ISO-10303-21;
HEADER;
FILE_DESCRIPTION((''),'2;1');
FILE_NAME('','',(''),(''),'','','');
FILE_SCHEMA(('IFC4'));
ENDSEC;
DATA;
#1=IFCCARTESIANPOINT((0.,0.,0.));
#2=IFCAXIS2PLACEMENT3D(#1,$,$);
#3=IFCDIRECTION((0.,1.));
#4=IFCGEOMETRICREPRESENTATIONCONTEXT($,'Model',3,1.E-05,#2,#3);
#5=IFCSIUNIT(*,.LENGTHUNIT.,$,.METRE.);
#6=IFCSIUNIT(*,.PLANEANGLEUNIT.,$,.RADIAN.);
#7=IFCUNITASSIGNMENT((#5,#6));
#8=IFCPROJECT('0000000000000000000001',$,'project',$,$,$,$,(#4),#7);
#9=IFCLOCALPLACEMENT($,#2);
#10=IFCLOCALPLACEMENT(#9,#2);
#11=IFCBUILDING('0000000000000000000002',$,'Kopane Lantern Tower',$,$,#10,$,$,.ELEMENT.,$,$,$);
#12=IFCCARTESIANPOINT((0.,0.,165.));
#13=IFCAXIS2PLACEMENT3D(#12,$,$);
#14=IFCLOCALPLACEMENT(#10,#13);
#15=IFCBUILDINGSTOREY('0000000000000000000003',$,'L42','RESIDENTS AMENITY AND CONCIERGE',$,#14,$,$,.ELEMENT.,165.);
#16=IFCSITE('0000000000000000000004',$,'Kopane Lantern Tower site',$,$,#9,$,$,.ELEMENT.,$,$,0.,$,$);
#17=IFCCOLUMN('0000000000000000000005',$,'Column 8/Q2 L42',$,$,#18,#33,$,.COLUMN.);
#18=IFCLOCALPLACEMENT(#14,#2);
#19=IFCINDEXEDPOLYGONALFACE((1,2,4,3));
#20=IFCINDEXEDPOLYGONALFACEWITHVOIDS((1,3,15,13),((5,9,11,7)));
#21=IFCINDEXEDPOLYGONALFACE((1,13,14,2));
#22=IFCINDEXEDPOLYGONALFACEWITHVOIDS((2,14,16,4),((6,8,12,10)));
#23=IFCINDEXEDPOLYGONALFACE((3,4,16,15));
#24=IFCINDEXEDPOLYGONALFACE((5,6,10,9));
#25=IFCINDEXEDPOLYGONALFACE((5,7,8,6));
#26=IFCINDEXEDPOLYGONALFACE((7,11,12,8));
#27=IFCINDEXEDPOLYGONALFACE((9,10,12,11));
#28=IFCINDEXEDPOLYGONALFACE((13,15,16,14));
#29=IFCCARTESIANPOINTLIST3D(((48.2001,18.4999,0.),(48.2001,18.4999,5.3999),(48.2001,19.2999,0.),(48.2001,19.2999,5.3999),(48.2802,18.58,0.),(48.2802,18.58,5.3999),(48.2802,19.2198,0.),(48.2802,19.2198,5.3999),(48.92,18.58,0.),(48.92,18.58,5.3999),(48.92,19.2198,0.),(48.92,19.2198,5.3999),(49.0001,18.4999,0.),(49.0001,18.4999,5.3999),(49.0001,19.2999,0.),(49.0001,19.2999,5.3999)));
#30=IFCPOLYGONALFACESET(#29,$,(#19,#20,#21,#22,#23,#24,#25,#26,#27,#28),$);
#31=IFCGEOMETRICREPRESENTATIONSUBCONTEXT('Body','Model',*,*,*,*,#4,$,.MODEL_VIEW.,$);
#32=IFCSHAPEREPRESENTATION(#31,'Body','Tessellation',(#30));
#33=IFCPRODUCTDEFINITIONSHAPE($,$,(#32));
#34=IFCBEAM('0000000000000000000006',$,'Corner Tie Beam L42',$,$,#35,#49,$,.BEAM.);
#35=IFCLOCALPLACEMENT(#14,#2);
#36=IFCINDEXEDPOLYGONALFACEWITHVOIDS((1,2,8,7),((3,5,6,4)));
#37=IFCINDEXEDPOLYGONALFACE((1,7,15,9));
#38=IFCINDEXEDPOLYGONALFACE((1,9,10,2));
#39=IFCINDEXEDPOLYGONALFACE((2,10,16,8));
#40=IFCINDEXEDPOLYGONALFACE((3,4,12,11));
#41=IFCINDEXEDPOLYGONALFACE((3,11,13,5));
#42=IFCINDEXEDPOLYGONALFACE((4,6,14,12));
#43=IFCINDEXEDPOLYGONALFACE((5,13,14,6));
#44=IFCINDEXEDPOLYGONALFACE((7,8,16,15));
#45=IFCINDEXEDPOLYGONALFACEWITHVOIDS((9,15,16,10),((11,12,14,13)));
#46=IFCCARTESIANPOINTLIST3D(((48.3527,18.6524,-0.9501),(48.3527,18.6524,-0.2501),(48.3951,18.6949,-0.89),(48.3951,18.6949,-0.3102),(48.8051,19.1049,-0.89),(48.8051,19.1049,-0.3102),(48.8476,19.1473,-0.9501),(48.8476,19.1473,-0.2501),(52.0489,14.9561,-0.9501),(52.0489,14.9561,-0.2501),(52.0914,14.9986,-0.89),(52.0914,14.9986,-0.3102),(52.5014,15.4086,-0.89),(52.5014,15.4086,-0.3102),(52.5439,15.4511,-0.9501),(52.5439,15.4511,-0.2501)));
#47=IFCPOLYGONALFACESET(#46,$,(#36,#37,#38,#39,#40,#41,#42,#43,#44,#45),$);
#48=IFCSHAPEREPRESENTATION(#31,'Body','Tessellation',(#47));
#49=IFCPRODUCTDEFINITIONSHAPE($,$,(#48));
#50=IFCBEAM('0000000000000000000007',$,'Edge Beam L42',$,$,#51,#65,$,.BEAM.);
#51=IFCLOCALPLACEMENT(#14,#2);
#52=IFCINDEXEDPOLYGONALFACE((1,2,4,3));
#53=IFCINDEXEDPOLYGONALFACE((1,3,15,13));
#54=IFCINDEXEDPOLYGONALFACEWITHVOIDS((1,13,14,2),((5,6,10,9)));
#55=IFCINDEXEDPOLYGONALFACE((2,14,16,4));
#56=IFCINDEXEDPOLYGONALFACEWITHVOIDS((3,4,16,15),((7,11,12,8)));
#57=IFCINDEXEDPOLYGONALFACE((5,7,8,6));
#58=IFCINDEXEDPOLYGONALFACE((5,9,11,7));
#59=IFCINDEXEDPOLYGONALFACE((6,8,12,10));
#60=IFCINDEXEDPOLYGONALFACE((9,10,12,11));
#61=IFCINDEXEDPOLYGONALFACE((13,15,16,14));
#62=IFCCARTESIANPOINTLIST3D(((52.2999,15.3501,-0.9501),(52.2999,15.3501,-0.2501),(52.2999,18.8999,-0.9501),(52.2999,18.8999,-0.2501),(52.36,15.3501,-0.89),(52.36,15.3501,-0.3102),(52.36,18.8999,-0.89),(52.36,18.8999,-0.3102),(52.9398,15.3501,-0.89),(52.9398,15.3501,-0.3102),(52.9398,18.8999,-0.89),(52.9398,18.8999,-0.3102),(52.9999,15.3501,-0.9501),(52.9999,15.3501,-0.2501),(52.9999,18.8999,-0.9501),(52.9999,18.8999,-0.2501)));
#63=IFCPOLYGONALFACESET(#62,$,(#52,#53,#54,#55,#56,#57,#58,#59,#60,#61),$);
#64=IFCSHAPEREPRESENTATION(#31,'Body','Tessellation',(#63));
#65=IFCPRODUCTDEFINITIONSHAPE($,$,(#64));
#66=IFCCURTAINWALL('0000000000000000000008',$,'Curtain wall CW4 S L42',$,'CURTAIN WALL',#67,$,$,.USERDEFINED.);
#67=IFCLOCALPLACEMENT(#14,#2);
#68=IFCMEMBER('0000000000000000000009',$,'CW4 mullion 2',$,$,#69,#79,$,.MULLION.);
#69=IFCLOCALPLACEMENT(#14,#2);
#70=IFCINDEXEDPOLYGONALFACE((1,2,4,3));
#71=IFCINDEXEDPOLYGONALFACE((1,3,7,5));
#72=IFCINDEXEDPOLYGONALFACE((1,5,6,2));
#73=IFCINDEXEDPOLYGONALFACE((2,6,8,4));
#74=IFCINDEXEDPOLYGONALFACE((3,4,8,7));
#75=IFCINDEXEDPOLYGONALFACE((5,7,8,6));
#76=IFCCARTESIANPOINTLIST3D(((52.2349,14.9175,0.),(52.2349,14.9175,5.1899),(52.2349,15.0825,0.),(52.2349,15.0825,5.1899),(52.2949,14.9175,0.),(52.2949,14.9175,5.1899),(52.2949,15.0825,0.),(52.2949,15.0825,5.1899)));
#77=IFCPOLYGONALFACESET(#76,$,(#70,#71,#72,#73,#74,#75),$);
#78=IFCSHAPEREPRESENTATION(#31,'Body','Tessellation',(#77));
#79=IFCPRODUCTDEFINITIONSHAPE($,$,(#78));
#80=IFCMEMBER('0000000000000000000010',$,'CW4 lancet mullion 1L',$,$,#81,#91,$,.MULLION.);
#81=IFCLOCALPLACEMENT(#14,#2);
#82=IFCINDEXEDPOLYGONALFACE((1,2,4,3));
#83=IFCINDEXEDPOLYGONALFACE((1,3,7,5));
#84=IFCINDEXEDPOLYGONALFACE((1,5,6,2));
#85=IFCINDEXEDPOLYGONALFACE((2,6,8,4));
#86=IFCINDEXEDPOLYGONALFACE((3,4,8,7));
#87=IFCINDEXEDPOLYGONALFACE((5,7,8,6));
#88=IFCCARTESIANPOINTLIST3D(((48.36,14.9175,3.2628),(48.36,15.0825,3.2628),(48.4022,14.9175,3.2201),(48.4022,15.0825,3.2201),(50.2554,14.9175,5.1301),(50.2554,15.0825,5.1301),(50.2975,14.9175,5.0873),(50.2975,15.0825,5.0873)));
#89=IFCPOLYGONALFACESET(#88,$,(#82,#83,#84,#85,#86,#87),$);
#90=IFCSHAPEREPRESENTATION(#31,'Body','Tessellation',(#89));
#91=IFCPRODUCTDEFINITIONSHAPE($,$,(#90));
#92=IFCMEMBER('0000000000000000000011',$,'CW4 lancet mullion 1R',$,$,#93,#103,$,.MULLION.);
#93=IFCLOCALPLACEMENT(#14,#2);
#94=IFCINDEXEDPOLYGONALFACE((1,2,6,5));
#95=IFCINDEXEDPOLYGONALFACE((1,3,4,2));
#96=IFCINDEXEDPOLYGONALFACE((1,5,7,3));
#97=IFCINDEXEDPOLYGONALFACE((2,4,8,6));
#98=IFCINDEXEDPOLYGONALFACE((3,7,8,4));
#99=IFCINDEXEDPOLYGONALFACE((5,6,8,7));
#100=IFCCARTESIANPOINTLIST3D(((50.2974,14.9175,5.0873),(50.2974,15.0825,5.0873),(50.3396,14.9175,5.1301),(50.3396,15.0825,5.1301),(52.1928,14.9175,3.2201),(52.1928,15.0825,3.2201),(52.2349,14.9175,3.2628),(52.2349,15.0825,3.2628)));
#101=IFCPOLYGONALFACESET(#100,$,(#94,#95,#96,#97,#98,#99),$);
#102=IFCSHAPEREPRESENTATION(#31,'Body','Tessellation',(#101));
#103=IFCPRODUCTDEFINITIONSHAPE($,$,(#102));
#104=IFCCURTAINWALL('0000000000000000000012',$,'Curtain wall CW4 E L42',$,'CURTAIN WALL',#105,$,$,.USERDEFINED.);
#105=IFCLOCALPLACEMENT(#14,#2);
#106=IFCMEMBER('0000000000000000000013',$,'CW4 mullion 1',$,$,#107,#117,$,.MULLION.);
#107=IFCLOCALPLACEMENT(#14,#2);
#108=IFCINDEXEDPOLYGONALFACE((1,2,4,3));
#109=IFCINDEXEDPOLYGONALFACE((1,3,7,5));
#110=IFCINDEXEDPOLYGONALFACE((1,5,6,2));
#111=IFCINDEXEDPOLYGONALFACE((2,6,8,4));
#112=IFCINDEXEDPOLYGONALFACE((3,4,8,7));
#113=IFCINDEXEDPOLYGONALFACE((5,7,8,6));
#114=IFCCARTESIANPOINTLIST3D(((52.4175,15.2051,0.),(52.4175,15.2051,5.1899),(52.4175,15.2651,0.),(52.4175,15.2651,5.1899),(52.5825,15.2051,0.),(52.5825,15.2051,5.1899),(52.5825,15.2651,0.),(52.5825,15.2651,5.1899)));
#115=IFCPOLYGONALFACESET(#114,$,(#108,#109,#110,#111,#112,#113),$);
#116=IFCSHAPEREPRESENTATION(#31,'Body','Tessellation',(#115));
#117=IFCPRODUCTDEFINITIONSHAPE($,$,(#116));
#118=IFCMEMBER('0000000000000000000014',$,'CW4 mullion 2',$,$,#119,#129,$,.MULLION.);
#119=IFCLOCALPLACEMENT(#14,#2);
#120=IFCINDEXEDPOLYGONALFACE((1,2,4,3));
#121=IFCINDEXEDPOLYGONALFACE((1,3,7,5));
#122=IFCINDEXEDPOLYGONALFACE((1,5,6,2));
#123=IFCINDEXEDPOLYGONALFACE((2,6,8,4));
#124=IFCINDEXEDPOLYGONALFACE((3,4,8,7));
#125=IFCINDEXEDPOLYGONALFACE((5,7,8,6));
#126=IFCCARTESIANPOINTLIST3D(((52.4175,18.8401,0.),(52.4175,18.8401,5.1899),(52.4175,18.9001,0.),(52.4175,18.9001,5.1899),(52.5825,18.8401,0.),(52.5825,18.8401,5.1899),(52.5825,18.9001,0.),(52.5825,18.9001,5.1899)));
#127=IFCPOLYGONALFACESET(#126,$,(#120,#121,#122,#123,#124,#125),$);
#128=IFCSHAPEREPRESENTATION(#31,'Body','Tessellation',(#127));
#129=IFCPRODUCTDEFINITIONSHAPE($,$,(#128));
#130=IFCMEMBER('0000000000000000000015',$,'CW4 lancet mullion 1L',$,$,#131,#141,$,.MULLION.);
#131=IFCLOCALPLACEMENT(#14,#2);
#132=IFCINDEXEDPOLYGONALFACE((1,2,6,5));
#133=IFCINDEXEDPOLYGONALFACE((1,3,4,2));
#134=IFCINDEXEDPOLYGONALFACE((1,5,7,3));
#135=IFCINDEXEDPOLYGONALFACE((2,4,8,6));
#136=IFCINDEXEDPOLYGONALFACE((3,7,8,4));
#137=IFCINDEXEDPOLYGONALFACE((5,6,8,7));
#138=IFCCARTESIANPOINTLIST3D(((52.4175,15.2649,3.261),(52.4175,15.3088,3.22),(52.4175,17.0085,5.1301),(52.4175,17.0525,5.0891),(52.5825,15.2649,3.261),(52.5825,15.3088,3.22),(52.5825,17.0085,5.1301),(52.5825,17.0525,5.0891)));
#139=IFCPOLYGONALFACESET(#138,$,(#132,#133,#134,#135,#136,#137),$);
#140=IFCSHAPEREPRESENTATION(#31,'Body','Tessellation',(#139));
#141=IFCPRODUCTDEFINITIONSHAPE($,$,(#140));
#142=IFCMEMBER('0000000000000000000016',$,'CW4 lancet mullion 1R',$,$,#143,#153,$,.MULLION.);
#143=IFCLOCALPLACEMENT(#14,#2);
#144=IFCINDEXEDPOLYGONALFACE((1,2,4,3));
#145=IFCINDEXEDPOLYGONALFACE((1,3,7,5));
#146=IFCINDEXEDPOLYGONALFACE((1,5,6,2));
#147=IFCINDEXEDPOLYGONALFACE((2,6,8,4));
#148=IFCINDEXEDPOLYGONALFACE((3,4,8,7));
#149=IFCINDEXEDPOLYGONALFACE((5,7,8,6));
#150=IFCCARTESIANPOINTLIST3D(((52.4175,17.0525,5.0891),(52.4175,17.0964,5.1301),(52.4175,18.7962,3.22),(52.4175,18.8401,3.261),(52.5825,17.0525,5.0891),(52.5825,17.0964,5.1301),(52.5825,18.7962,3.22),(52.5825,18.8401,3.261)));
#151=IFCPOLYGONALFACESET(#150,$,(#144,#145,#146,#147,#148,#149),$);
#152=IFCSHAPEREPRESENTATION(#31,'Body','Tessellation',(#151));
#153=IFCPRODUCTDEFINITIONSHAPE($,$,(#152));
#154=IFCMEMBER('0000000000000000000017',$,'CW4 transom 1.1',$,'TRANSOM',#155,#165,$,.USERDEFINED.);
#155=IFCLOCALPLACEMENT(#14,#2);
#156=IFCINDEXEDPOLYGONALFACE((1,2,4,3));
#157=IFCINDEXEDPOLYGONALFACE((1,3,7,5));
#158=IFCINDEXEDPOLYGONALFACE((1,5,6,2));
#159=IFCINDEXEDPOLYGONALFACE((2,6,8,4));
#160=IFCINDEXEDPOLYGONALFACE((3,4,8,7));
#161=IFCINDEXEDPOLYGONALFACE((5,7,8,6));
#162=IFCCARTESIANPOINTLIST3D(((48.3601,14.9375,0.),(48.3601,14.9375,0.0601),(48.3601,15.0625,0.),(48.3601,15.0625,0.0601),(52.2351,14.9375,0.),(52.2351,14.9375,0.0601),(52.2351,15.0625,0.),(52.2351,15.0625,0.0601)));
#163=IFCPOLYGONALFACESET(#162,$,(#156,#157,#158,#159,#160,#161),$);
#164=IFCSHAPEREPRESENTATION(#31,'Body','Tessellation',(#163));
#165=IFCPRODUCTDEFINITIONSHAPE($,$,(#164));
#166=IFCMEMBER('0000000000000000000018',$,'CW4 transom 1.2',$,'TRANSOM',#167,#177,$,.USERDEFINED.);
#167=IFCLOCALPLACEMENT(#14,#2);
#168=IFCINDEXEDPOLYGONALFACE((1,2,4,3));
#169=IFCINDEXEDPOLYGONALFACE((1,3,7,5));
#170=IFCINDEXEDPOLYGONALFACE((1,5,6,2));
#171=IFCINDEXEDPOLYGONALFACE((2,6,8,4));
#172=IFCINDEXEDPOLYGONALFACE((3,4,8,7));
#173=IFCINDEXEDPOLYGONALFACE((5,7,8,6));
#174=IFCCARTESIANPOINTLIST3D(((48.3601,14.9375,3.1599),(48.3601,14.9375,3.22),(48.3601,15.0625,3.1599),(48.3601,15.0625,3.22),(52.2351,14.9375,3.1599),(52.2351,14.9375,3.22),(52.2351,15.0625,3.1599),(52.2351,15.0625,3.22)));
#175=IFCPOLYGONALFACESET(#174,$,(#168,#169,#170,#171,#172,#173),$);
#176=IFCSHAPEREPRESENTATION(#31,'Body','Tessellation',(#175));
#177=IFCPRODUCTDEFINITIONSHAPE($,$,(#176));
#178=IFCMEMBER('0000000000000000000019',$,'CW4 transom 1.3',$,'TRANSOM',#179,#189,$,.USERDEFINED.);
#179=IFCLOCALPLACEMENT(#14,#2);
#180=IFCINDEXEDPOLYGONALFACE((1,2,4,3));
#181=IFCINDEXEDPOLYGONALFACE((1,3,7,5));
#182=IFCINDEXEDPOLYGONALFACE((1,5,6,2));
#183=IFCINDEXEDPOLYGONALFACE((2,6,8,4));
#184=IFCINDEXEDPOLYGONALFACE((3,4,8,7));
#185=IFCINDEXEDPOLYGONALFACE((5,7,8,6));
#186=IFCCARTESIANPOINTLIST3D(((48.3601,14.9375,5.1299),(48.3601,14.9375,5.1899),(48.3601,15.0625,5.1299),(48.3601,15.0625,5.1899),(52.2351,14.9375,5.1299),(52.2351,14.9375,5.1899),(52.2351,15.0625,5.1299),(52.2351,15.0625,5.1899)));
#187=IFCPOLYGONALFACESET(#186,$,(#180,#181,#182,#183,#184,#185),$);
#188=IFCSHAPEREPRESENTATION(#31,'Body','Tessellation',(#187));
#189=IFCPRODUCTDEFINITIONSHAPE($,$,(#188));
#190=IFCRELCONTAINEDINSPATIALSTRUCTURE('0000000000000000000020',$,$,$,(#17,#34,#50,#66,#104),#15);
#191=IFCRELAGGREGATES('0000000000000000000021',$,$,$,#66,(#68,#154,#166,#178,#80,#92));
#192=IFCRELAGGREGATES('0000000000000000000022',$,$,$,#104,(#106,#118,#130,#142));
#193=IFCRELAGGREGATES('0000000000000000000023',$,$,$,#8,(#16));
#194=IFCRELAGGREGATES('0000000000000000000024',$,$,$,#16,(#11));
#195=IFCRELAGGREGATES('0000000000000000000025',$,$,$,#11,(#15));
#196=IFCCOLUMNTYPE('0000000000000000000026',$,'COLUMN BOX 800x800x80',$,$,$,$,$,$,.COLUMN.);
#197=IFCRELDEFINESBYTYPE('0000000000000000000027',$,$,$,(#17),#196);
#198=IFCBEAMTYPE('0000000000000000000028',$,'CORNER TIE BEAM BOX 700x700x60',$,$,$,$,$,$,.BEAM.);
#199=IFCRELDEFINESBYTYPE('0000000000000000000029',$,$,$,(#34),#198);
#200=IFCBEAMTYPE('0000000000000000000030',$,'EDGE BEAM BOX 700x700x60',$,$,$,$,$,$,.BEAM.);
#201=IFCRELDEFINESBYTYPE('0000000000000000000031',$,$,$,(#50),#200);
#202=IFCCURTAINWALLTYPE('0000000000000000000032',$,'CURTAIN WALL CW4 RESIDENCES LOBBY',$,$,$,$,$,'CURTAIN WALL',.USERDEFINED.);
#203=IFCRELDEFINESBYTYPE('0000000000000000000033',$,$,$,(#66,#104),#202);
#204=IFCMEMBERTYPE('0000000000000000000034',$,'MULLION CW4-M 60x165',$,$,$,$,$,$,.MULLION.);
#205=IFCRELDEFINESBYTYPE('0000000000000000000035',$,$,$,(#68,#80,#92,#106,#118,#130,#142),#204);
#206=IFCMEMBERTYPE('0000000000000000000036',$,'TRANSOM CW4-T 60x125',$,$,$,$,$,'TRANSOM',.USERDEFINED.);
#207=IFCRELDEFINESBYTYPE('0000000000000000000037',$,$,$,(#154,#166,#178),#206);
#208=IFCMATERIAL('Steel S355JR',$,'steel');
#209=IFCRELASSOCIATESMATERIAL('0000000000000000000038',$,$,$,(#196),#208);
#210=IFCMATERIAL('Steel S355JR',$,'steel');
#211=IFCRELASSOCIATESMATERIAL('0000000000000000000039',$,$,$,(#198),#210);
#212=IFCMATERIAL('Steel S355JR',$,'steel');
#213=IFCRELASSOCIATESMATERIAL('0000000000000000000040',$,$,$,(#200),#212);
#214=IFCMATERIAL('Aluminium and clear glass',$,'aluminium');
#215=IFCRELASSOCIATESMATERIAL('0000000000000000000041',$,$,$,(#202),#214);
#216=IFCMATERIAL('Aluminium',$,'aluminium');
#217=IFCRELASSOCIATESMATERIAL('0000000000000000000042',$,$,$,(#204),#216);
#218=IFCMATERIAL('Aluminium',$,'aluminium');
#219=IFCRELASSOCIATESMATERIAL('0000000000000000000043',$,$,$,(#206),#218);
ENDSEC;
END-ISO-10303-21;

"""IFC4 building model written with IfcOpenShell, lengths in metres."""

from ifc_helpers import new_model, si_unit, direction, frame, origin, origin_2d, place, context, subcontext, project, spatial, rectangle, hollow_rectangle, extrude, material, material_profile, profile_set, type_object, element, aggregate, save


model = new_model("IFC4")

# Units and contexts
model_context = context("Model", 3, precision=1e-05, world=origin(), true_north=direction((0.0, 1.0)))
body_context = subcontext(model_context, "Body", "Model", "MODEL_VIEW")
ifc_project = project(units=[si_unit("LENGTHUNIT", "METRE"), si_unit("PLANEANGLEUNIT", "RADIAN")], contexts=[model_context])

# Site, building, storey
site_placement = place(None, origin())
site = spatial("IfcSite", under=ifc_project, at=site_placement, Name="Kopane Lantern Tower site", CompositionType="ELEMENT", RefElevation=0.0)
building_placement = place(site_placement, origin())
building = spatial("IfcBuilding", under=site, at=building_placement, Name="Kopane Lantern Tower", CompositionType="ELEMENT")
storey_placement = place(building_placement, frame((0.0, 0.0, 165.0)))
storey = spatial("IfcBuildingStorey", under=building, at=storey_placement, Name="L42", Description="RESIDENTS AMENITY AND CONCIERGE", CompositionType="ELEMENT", Elevation=165.0)

# Column
ifc_material_1 = material(Name="Steel S355JR", Category="steel")
ifc_material_profile_1 = material_profile(ifc_material_1, hollow_rectangle(XDim=0.8, YDim=0.8, WallThickness=0.0801, at=origin_2d()), Name="BOX 800x800x80")
ifc_profile_set_1 = profile_set([ifc_material_profile_1], Name="Steel S355JR")
column_type = type_object("IfcColumnType", Name="COLUMN BOX 800x800x80", PredefinedType="COLUMN", material=ifc_profile_set_1)
column_placement = place(storey_placement, frame((48.6001, 18.8999, 0.0), z_axis=(0.0, 0.0, 1.0), x_axis=(1.0, 0.0, 0.0)))
element("IfcColumn", 1, at=column_placement, inside=storey, type_object=column_type, Name="Column 8/Q2 L42", PredefinedType="COLUMN", context=body_context, shape_type="SweptSolid", body=[
    extrude(hollow_rectangle(XDim=0.8, YDim=0.8, WallThickness=0.0801, at=origin_2d()), origin(), (0.0, 0.0, 1.0), 5.3999),
])

# Beams
ifc_material_2 = material(Name="Steel S355JR", Category="steel")
ifc_material_profile_2 = material_profile(ifc_material_2, hollow_rectangle(XDim=0.7, YDim=0.7, WallThickness=0.0601, at=origin_2d()), Name="BOX 700x700x60")
ifc_profile_set_2 = profile_set([ifc_material_profile_2], Name="Steel S355JR")
beam_type_1 = type_object("IfcBeamType", Name="CORNER TIE BEAM BOX 700x700x60", PredefinedType="BEAM", material=ifc_profile_set_2)
beam_1_placement = place(storey_placement, frame((52.2964, 15.2036, -0.6001), z_axis=(-0.707107, 0.707107, 0.0), x_axis=(-0.707107, -0.707107, 0.0)))
element("IfcBeam", 2, at=beam_1_placement, inside=storey, type_object=beam_type_1, Name="Corner Tie Beam L42", PredefinedType="BEAM", context=body_context, shape_type="SweptSolid", body=[
    extrude(hollow_rectangle(XDim=0.7, YDim=0.7, WallThickness=0.0601, at=origin_2d()), origin(), (0.0, 0.0, 1.0), 5.2273),
])
ifc_material_3 = material(Name="Steel S355JR", Category="steel")
ifc_material_profile_3 = material_profile(ifc_material_3, hollow_rectangle(XDim=0.7, YDim=0.7, WallThickness=0.0601, at=origin_2d()), Name="BOX 700x700x60")
ifc_profile_set_3 = profile_set([ifc_material_profile_3], Name="Steel S355JR")
beam_type_2 = type_object("IfcBeamType", Name="EDGE BEAM BOX 700x700x60", PredefinedType="BEAM", material=ifc_profile_set_3)
beam_2_placement = place(storey_placement, frame((52.6499, 15.3501, -0.6001), z_axis=(0.0, 1.0, 0.0), x_axis=(-1.0, 0.0, 0.0)))
element("IfcBeam", 3, at=beam_2_placement, inside=storey, type_object=beam_type_2, Name="Edge Beam L42", PredefinedType="BEAM", context=body_context, shape_type="SweptSolid", body=[
    extrude(hollow_rectangle(XDim=0.7, YDim=0.7, WallThickness=0.0601, at=origin_2d()), origin(), (0.0, 0.0, 1.0), 3.5498),
])

# Curtain walls, members
ifc_material_4 = material(Name="Aluminium and clear glass", Category="aluminium")
curtain_wall_type = type_object("IfcCurtainWallType", Name="CURTAIN WALL CW4 RESIDENCES LOBBY", ElementType="CURTAIN WALL", PredefinedType="USERDEFINED", material=ifc_material_4)
curtain_wall_1_placement = place(storey_placement, origin())
curtain_wall_1 = element("IfcCurtainWall", 4, at=curtain_wall_1_placement, inside=storey, type_object=curtain_wall_type, Name="Curtain wall CW4 S L42", ObjectType="CURTAIN WALL", PredefinedType="USERDEFINED")
ifc_material_5 = material(Name="Aluminium", Category="aluminium")
ifc_material_profile_4 = material_profile(ifc_material_5, rectangle(XDim=0.0601, YDim=0.165, at=origin_2d()), Name="AL 60x165")
ifc_profile_set_4 = profile_set([ifc_material_profile_4], Name="Aluminium")
member_type_1 = type_object("IfcMemberType", Name="MULLION CW4-M 60x165", PredefinedType="MULLION", material=ifc_profile_set_4)
member_1_placement = place(storey_placement, frame((52.2649, 15.0, 0.0), z_axis=(0.0, 0.0, 1.0), x_axis=(1.0, 0.0, 0.0)))
member_1 = element("IfcMember", 5, at=member_1_placement, type_object=member_type_1, Name="CW4 mullion 2", PredefinedType="MULLION", context=body_context, shape_type="SweptSolid", body=[
    extrude(rectangle(XDim=0.0601, YDim=0.165, at=origin_2d()), origin(), (0.0, 0.0, 1.0), 5.1899),
])
member_2_placement = place(storey_placement, frame((48.3811, 15.0, 3.2415), z_axis=(0.712364, 0.0, 0.701811), x_axis=(-0.701811, 0.0, 0.712364)))
member_2 = element("IfcMember", 6, at=member_2_placement, type_object=member_type_1, Name="CW4 lancet mullion 1L", PredefinedType="MULLION", context=body_context, shape_type="SweptSolid", body=[
    extrude(rectangle(XDim=0.0601, YDim=0.165, at=origin_2d()), origin(), (0.0, 0.0, 1.0), 2.6606),
])
member_3_placement = place(storey_placement, frame((52.2139, 15.0, 3.2415), z_axis=(-0.712364, 0.0, 0.701811), x_axis=(0.701811, 0.0, 0.712364)))
member_3 = element("IfcMember", 7, at=member_3_placement, type_object=member_type_1, Name="CW4 lancet mullion 1R", PredefinedType="MULLION", context=body_context, shape_type="SweptSolid", body=[
    extrude(rectangle(XDim=0.0601, YDim=0.165, at=origin_2d()), origin(), (0.0, 0.0, 1.0), 2.6606),
])
curtain_wall_2_placement = place(storey_placement, origin())
curtain_wall_2 = element("IfcCurtainWall", 8, at=curtain_wall_2_placement, inside=storey, type_object=curtain_wall_type, Name="Curtain wall CW4 E L42", ObjectType="CURTAIN WALL", PredefinedType="USERDEFINED")
member_4_placement = place(storey_placement, frame((52.5, 15.2351, 0.0), z_axis=(0.0, 0.0, 1.0), x_axis=(0.0, 1.0, 0.0)))
member_4 = element("IfcMember", 9, at=member_4_placement, type_object=member_type_1, Name="CW4 mullion 1", PredefinedType="MULLION", context=body_context, shape_type="SweptSolid", body=[
    extrude(rectangle(XDim=0.0601, YDim=0.165, at=origin_2d()), origin(), (0.0, 0.0, 1.0), 5.1899),
])
member_5_placement = place(storey_placement, frame((52.5, 18.8701, 0.0), z_axis=(0.0, 0.0, 1.0), x_axis=(0.0, 1.0, 0.0)))
member_5 = element("IfcMember", 10, at=member_5_placement, type_object=member_type_1, Name="CW4 mullion 2", PredefinedType="MULLION", context=body_context, shape_type="SweptSolid", body=[
    extrude(rectangle(XDim=0.0601, YDim=0.165, at=origin_2d()), origin(), (0.0, 0.0, 1.0), 5.1899),
])
member_6_placement = place(storey_placement, frame((52.5, 15.2869, 3.2405), z_axis=(0.0, 0.682134, 0.731227), x_axis=(0.0, -0.731227, 0.682134)))
member_6 = element("IfcMember", 11, at=member_6_placement, type_object=member_type_1, Name="CW4 lancet mullion 1L", PredefinedType="MULLION", context=body_context, shape_type="SweptSolid", body=[
    extrude(rectangle(XDim=0.0601, YDim=0.165, at=origin_2d()), origin(), (0.0, 0.0, 1.0), 2.5562),
])
member_7_placement = place(storey_placement, frame((52.5, 18.8181, 3.2405), z_axis=(0.0, -0.682134, 0.731227), x_axis=(0.0, 0.731227, 0.682134)))
member_7 = element("IfcMember", 12, at=member_7_placement, type_object=member_type_1, Name="CW4 lancet mullion 1R", PredefinedType="MULLION", context=body_context, shape_type="SweptSolid", body=[
    extrude(rectangle(XDim=0.0601, YDim=0.165, at=origin_2d()), origin(), (0.0, 0.0, 1.0), 2.5562),
])

# Members
ifc_material_6 = material(Name="Aluminium", Category="aluminium")
ifc_material_profile_5 = material_profile(ifc_material_6, rectangle(XDim=0.125, YDim=0.0601, at=origin_2d()), Name="AL 125x60")
ifc_profile_set_5 = profile_set([ifc_material_profile_5], Name="Aluminium")
member_type_2 = type_object("IfcMemberType", Name="TRANSOM CW4-T 60x125", ElementType="TRANSOM", PredefinedType="USERDEFINED", material=ifc_profile_set_5)
member_8_placement = place(storey_placement, frame((48.3601, 15.0, 0.03), z_axis=(1.0, 0.0, 0.0), x_axis=(0.0, 1.0, 0.0)))
member_8 = element("IfcMember", 13, at=member_8_placement, type_object=member_type_2, Name="CW4 transom 1.1", ObjectType="TRANSOM", PredefinedType="USERDEFINED", context=body_context, shape_type="SweptSolid", body=[
    extrude(rectangle(XDim=0.125, YDim=0.0601, at=origin_2d()), origin(), (0.0, 0.0, 1.0), 3.875),
])
member_9_placement = place(storey_placement, frame((48.3601, 15.0, 3.1899), z_axis=(1.0, 0.0, 0.0), x_axis=(0.0, 1.0, 0.0)))
member_9 = element("IfcMember", 14, at=member_9_placement, type_object=member_type_2, Name="CW4 transom 1.2", ObjectType="TRANSOM", PredefinedType="USERDEFINED", context=body_context, shape_type="SweptSolid", body=[
    extrude(rectangle(XDim=0.125, YDim=0.0601, at=origin_2d()), origin(), (0.0, 0.0, 1.0), 3.875),
])
member_10_placement = place(storey_placement, frame((48.3601, 15.0, 5.1599), z_axis=(1.0, 0.0, 0.0), x_axis=(0.0, 1.0, 0.0)))
member_10 = element("IfcMember", 15, at=member_10_placement, type_object=member_type_2, Name="CW4 transom 1.3", ObjectType="TRANSOM", PredefinedType="USERDEFINED", context=body_context, shape_type="SweptSolid", body=[
    extrude(rectangle(XDim=0.125, YDim=0.0601, at=origin_2d()), origin(), (0.0, 0.0, 1.0), 3.875),
])

aggregate(curtain_wall_1, [member_1, member_8, member_9, member_10, member_2, member_3])
aggregate(curtain_wall_2, [member_4, member_5, member_6, member_7])

save(model, "model.ifc")
